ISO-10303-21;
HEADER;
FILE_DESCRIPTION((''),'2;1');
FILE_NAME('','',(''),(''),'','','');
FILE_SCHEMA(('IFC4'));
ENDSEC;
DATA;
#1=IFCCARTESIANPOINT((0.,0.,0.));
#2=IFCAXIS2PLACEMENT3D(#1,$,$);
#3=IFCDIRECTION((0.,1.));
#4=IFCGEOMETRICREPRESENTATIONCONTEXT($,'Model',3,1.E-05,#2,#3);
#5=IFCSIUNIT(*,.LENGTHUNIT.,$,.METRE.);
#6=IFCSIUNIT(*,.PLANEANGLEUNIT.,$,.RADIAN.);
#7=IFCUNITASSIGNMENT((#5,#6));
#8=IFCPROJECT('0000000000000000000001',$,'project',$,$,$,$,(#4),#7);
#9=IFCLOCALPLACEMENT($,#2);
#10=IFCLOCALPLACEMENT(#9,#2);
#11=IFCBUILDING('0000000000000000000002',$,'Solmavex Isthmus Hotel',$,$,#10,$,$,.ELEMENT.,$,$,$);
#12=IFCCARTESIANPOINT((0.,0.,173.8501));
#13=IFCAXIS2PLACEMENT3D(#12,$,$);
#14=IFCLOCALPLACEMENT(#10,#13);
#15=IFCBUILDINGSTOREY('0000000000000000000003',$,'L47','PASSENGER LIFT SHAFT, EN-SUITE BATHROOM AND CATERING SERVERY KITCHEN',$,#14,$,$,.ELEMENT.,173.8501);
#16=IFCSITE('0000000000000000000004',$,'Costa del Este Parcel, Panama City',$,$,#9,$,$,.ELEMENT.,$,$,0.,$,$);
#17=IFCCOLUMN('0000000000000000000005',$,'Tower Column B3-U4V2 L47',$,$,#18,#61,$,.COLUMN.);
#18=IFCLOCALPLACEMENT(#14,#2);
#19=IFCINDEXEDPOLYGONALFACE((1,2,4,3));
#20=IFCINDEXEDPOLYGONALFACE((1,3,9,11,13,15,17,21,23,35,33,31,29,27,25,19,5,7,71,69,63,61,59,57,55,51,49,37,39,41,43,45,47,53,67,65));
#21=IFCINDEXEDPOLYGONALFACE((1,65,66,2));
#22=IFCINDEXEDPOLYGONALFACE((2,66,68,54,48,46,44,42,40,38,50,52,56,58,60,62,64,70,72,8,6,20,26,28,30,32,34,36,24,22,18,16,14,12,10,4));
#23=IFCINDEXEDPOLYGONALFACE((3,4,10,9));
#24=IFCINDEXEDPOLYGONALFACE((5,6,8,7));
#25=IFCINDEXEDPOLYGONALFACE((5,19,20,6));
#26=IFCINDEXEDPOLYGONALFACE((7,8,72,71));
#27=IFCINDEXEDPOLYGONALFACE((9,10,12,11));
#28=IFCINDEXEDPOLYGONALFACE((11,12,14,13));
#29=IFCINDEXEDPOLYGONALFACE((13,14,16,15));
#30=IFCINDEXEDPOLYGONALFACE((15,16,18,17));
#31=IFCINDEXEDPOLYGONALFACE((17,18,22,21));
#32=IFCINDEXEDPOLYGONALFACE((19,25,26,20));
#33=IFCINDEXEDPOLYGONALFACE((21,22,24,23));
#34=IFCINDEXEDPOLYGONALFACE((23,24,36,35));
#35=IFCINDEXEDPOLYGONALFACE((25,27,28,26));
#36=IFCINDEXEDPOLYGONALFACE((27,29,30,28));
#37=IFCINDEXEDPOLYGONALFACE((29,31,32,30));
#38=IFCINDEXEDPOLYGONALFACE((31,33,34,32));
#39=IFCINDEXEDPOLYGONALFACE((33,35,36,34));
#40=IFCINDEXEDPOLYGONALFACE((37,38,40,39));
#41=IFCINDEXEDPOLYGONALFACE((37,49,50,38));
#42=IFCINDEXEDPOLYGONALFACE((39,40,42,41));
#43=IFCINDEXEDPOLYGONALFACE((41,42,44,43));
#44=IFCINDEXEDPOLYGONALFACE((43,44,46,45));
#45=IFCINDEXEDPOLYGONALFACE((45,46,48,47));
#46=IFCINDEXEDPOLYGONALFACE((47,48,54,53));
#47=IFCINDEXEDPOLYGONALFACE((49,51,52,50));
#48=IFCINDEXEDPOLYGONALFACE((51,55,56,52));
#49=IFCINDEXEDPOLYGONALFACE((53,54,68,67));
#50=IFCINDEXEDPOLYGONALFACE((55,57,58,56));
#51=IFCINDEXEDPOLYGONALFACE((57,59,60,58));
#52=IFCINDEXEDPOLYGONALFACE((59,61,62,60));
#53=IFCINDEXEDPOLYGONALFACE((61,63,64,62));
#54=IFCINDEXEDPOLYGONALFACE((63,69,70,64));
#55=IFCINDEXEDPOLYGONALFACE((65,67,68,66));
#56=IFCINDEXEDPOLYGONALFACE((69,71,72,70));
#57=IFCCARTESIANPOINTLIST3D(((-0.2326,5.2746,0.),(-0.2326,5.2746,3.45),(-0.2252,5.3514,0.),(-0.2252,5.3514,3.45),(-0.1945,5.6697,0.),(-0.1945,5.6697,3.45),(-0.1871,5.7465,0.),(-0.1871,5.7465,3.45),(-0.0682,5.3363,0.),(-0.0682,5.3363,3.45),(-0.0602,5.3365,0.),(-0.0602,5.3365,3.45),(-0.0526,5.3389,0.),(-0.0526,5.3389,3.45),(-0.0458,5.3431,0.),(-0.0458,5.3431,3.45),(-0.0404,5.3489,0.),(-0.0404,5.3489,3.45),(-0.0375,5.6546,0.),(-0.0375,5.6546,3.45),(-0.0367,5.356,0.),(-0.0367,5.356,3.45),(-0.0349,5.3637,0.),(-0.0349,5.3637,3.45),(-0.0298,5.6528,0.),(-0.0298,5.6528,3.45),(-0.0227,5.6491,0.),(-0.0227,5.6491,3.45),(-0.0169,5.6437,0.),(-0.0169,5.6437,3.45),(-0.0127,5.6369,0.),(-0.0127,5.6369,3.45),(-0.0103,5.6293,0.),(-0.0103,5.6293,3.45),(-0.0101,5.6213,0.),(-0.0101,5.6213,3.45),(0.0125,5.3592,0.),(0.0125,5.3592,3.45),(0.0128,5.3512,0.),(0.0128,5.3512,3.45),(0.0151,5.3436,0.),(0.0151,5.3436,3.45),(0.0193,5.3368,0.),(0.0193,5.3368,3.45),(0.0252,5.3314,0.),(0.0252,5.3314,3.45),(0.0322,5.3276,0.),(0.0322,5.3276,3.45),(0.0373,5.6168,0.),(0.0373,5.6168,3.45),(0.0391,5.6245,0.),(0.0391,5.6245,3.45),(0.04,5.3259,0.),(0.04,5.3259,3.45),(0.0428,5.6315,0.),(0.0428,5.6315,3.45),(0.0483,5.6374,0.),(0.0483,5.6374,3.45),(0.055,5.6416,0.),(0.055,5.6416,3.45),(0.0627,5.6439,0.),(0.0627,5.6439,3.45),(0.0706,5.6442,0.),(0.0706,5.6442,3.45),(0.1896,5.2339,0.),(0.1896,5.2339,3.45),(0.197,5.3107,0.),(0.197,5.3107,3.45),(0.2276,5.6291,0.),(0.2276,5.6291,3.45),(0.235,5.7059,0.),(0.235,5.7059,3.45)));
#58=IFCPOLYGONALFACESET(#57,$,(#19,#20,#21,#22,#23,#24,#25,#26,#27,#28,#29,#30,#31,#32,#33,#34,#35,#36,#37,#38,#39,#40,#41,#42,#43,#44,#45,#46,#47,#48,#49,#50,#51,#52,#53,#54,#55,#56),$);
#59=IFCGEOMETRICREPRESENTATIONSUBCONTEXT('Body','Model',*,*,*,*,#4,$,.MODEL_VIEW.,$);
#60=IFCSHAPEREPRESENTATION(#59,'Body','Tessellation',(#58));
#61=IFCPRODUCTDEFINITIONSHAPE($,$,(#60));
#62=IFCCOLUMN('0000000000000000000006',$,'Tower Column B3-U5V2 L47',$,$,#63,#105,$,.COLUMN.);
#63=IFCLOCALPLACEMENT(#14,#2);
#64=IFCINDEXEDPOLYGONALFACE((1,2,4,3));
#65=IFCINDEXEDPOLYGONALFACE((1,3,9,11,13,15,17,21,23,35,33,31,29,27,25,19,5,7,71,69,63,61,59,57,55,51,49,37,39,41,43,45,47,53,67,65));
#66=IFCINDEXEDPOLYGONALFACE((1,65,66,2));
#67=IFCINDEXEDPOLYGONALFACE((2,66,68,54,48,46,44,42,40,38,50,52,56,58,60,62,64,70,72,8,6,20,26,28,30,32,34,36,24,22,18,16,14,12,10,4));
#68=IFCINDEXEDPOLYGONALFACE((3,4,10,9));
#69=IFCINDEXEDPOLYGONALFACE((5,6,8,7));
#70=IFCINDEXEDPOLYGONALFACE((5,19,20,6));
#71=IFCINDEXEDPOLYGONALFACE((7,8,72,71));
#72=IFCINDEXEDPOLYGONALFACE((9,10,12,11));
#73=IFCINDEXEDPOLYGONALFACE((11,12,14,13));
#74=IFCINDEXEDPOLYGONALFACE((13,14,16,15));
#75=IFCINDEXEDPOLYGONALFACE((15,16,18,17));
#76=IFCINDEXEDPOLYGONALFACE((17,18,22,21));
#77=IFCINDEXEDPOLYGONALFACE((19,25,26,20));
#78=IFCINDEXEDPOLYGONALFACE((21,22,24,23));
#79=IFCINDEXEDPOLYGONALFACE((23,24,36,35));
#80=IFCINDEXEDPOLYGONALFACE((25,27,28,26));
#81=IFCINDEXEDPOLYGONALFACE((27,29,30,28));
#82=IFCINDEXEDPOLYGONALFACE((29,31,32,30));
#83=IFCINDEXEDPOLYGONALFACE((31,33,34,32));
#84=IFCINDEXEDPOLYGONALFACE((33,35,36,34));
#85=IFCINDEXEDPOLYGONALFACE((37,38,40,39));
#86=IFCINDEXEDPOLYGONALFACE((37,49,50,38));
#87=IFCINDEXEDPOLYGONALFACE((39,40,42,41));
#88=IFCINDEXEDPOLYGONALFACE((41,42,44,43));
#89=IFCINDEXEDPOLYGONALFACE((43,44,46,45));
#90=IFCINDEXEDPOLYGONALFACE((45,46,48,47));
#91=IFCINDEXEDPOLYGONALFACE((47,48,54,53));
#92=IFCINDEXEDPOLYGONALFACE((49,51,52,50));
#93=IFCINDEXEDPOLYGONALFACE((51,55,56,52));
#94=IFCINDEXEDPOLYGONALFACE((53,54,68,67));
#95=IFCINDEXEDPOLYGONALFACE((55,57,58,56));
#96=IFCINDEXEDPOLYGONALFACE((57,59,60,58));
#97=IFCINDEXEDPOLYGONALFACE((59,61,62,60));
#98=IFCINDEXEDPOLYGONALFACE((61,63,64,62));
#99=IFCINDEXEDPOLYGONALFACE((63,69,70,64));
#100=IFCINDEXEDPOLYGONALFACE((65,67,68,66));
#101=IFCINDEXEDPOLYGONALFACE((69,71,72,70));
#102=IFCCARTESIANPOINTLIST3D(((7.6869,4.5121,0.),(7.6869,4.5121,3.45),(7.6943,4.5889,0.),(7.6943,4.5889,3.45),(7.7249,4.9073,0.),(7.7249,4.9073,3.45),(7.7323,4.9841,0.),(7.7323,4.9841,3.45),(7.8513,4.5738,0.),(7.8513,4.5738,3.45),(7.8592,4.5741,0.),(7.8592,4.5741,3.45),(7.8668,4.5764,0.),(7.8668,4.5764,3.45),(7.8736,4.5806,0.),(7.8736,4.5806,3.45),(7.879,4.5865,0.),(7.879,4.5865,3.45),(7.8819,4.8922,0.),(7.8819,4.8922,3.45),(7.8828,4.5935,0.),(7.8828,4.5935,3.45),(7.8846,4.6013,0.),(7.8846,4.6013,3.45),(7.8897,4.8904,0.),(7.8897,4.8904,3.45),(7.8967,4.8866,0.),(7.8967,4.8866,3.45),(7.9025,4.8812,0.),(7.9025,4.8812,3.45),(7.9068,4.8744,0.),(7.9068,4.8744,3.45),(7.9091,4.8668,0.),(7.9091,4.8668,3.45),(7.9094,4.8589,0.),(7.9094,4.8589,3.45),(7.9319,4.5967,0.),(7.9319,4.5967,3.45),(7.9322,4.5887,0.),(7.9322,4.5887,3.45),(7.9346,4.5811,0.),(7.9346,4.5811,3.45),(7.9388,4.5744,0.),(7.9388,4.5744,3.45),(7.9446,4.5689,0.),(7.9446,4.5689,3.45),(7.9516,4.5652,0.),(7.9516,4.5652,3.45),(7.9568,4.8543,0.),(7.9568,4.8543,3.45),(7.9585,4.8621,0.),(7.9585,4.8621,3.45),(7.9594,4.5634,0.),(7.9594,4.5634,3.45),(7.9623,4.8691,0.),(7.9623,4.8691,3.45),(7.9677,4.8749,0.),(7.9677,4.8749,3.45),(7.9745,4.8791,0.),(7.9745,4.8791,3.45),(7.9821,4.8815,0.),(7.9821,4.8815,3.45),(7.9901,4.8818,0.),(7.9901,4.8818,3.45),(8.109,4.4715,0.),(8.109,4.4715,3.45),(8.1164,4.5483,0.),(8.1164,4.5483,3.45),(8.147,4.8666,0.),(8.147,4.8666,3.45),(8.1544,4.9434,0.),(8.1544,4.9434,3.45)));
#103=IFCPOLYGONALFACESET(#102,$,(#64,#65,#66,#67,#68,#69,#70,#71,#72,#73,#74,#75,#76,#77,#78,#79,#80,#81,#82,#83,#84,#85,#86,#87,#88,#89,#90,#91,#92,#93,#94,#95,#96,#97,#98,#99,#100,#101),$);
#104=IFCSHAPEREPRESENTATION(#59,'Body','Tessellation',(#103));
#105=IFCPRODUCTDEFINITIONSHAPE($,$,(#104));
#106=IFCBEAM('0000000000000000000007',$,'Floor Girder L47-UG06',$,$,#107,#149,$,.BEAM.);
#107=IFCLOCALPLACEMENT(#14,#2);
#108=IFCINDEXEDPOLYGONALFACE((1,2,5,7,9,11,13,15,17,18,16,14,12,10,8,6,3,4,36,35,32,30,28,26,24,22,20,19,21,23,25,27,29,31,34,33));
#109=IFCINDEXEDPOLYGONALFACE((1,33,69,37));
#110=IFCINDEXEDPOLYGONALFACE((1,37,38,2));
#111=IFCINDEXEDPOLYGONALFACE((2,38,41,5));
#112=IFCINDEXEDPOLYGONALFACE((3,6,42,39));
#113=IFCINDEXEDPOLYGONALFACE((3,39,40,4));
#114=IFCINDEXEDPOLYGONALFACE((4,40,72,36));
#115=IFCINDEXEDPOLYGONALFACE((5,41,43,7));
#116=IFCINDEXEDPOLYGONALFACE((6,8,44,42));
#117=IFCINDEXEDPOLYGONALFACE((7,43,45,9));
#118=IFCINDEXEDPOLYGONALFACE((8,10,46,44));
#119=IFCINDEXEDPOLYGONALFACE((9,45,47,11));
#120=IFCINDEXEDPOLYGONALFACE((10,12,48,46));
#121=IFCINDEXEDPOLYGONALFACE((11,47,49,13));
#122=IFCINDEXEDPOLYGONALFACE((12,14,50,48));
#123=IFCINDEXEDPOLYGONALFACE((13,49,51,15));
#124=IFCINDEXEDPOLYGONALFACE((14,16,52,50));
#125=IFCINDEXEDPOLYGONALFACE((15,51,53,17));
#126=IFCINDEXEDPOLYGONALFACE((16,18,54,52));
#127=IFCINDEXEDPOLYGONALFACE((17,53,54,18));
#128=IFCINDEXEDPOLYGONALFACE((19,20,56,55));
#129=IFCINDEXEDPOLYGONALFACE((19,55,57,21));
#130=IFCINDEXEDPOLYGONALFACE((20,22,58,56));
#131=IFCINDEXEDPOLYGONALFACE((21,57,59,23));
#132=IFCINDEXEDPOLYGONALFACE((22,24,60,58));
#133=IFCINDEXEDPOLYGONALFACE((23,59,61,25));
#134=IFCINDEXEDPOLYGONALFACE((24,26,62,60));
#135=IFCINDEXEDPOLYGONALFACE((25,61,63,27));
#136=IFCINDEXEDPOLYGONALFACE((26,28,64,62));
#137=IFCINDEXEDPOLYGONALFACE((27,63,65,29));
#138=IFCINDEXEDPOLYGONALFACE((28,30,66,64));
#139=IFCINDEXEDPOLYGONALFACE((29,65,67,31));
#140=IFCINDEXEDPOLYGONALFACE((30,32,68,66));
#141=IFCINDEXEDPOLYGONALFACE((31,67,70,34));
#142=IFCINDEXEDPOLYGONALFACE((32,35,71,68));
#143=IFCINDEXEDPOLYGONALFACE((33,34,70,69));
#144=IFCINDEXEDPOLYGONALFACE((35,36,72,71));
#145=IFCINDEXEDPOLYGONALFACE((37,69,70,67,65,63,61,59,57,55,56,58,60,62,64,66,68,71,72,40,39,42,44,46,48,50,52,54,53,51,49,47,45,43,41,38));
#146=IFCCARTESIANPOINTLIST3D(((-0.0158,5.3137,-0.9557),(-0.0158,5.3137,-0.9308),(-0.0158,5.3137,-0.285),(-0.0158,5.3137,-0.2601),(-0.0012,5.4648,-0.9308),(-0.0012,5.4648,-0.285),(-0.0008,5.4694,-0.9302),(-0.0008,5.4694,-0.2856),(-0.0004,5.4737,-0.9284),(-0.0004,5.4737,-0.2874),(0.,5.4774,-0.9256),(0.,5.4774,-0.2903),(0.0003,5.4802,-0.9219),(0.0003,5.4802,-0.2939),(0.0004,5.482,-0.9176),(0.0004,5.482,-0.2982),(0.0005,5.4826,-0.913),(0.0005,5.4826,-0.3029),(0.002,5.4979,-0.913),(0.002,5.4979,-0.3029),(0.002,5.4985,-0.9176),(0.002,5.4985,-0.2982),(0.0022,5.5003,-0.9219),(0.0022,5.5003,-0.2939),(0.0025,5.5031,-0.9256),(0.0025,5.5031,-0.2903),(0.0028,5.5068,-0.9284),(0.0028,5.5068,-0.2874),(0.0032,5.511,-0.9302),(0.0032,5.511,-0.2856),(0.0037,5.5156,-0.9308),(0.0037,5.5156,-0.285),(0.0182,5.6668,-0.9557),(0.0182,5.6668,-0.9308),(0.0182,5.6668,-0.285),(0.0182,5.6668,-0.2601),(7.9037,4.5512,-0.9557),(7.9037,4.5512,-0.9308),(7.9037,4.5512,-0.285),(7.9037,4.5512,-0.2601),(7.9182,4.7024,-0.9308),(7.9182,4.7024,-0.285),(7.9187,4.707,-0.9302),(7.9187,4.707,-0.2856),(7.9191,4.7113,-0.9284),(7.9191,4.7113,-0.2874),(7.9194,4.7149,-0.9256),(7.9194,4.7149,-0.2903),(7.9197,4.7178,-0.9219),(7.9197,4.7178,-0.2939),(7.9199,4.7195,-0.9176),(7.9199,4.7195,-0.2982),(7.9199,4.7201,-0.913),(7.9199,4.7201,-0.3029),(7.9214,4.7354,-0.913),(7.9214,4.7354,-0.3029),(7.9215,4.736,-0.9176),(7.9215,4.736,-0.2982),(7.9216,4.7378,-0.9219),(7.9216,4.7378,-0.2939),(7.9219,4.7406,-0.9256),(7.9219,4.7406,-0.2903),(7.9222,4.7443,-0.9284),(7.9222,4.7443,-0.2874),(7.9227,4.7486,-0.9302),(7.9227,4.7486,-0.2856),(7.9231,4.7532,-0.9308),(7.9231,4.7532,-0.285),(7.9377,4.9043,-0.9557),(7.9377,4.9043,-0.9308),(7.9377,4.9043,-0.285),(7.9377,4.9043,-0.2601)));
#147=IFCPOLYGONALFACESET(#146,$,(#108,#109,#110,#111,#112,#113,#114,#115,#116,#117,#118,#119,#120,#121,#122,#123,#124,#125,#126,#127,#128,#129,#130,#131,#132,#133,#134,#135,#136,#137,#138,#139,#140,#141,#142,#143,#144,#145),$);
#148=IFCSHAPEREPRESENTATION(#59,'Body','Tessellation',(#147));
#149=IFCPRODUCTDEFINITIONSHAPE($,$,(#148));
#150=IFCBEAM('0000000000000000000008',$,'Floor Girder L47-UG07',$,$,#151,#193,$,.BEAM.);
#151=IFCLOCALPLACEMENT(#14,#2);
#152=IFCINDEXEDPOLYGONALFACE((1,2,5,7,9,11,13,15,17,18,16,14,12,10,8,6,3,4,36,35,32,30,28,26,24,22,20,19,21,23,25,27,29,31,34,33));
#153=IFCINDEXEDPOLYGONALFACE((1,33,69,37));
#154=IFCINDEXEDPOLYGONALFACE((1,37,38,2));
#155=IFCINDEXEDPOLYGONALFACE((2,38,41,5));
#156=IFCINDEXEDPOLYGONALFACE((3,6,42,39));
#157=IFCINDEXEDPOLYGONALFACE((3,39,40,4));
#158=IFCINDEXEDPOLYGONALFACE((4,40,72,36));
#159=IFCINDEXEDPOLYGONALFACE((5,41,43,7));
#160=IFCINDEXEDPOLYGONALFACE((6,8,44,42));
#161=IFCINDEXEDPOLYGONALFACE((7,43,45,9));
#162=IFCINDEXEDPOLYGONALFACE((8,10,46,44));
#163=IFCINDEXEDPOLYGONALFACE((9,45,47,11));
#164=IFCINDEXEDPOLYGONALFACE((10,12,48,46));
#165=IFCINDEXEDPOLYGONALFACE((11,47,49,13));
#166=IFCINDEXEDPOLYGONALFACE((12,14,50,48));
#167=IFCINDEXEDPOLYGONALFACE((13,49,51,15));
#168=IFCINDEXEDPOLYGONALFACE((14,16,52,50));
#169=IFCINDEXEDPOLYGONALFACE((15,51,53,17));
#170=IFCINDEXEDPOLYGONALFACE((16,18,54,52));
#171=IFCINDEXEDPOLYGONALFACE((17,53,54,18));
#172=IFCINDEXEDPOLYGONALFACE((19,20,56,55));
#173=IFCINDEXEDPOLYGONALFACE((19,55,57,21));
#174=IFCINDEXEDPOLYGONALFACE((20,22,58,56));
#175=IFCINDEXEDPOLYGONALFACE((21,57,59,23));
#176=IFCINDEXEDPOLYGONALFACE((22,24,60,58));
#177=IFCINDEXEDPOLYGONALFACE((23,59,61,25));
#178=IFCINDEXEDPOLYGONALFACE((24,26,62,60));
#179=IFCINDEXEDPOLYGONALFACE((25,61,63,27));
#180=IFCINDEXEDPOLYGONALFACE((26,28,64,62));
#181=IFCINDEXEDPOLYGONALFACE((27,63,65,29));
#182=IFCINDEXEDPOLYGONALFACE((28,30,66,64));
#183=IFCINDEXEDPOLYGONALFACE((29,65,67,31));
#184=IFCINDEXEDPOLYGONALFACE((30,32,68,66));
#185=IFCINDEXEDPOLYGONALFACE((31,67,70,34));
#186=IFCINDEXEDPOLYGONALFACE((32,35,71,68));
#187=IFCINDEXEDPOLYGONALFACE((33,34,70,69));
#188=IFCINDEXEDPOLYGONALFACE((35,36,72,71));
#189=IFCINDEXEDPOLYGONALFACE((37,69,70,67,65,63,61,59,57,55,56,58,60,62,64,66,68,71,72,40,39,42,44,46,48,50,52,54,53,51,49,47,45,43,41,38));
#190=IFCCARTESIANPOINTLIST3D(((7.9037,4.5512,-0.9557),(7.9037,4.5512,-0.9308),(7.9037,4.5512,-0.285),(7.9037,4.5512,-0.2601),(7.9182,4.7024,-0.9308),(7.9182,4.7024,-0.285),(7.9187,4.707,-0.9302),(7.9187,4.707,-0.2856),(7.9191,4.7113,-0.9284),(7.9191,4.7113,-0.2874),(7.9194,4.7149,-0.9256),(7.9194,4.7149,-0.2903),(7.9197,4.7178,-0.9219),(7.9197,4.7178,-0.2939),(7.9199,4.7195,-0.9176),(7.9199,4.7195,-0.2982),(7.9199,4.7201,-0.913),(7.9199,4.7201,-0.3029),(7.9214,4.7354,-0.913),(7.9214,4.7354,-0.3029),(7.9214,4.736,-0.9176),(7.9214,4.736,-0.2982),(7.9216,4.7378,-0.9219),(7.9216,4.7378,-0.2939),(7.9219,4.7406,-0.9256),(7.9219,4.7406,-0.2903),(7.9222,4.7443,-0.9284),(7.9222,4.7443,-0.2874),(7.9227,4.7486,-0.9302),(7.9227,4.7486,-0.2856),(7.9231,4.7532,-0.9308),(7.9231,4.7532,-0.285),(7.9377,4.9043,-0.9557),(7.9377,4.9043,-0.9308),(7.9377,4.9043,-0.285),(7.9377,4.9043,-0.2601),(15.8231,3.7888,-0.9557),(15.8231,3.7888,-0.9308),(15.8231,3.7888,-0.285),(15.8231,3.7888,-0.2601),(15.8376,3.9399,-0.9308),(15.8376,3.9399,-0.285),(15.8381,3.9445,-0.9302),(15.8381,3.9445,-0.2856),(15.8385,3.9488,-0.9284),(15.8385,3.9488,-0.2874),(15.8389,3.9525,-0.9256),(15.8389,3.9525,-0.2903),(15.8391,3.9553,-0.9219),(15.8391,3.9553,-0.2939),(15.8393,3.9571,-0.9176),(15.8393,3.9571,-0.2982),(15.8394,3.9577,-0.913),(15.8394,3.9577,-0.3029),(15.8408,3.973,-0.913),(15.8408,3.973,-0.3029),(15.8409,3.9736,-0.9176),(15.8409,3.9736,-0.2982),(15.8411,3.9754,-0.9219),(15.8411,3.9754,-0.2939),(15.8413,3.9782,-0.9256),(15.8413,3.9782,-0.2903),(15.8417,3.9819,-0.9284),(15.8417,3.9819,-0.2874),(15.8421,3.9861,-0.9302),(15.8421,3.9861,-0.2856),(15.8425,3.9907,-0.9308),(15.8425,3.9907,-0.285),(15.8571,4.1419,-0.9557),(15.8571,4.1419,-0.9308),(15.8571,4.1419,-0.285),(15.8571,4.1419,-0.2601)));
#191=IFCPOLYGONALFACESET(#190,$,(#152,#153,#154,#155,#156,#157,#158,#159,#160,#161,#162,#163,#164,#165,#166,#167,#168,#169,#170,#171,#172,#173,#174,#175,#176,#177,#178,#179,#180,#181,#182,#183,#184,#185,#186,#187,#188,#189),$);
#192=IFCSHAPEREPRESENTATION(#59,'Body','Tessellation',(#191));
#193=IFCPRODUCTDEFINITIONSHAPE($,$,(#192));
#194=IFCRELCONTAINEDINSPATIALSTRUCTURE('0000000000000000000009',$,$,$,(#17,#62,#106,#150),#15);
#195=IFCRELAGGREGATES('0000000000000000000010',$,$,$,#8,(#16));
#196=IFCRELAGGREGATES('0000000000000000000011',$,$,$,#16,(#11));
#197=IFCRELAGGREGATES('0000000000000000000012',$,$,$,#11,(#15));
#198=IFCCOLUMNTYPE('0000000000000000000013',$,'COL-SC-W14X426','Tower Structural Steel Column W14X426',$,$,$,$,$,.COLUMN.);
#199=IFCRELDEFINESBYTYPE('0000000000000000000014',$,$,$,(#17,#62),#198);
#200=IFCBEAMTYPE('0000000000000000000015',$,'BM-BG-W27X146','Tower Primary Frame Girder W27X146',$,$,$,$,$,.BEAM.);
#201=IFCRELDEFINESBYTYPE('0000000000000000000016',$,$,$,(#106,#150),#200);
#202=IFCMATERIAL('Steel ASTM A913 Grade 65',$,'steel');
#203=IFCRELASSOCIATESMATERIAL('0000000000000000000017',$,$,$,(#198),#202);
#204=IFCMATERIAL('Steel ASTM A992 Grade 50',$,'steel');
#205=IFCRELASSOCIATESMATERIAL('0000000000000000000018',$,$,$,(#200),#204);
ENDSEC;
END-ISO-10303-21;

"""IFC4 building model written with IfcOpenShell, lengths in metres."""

from ifc_helpers import new_model, si_unit, direction, frame, origin, origin_2d, place, context, subcontext, project, spatial, i_section, extrude, material, material_profile, profile_set, type_object, element, save


model = new_model("IFC4")

# Units and contexts
model_context = context("Model", 3, precision=1e-05, world=origin(), true_north=direction((0.0, 1.0)))
body_context = subcontext(model_context, "Body", "Model", "MODEL_VIEW")
ifc_project = project(units=[si_unit("LENGTHUNIT", "METRE"), si_unit("PLANEANGLEUNIT", "RADIAN")], contexts=[model_context])

# Site, building, storey
site_placement = place(None, origin())
site = spatial("IfcSite", under=ifc_project, at=site_placement, Name="Costa del Este Parcel, Panama City", CompositionType="ELEMENT", RefElevation=0.0)
building_placement = place(site_placement, origin())
building = spatial("IfcBuilding", under=site, at=building_placement, Name="Solmavex Isthmus Hotel", CompositionType="ELEMENT")
storey_placement = place(building_placement, frame((0.0, 0.0, 173.8501)))
storey = spatial("IfcBuildingStorey", under=building, at=storey_placement, Name="L47", Description="PASSENGER LIFT SHAFT, EN-SUITE BATHROOM AND CATERING SERVERY KITCHEN", CompositionType="ELEMENT", Elevation=173.8501)

# Columns
ifc_material_1 = material(Name="Steel ASTM A913 Grade 65", Category="steel")
ifc_material_profile_1 = material_profile(ifc_material_1, i_section(OverallWidth=0.4241, OverallDepth=0.4741, WebThickness=0.0476, FlangeThickness=0.0771, FilletRadius=0.0305, at=origin_2d()), Name="W14X426")
ifc_profile_set_1 = profile_set([ifc_material_profile_1], Name="Steel ASTM A913 Grade 65")
column_type = type_object("IfcColumnType", Name="COL-SC-W14X426", Description="Tower Structural Steel Column W14X426", PredefinedType="COLUMN", material=ifc_profile_set_1)
for number, where, z_axis, x_axis, name in (
    (1, (0.0012, 5.4902, 0.0), (0.0, 0.0, 1.0), (0.995396, -0.095846, 0.0), "Tower Column B3-U4V2 L47"),
    (2, (7.9207, 4.7278, 0.0), (0.0, 0.0, 1.0), (0.995396, -0.095846, 0.0), "Tower Column B3-U5V2 L47"),
):
    element("IfcColumn", number, at=place(storey_placement, frame(where, z_axis=z_axis, x_axis=x_axis)), inside=storey, type_object=column_type, Name=name, PredefinedType="COLUMN", context=body_context, shape_type="SweptSolid", body=[
        extrude(i_section(OverallWidth=0.4241, OverallDepth=0.4741, WebThickness=0.0476, FlangeThickness=0.0771, FilletRadius=0.0305, at=origin_2d()), origin(), (0.0, 0.0, 1.0), 3.45),
    ])

# Beams
ifc_material_2 = material(Name="Steel ASTM A992 Grade 50", Category="steel")
ifc_material_profile_2 = material_profile(ifc_material_2, i_section(OverallWidth=0.3547, OverallDepth=0.6956, WebThickness=0.0154, FlangeThickness=0.0249, FilletRadius=0.0178, at=origin_2d()), Name="W27X146")
ifc_profile_set_2 = profile_set([ifc_material_profile_2], Name="Steel ASTM A992 Grade 50")
beam_type_1 = type_object("IfcBeamType", Name="BM-BG-W27X146", Description="Tower Primary Frame Girder W27X146", PredefinedType="BEAM", material=ifc_profile_set_2)
for number, where, z_axis, x_axis, name in (
    (3, (0.0012, 5.4902, -0.6079), (0.995397, -0.095833, 0.0), (0.095833, 0.995397, 0.0), "Floor Girder L47-UG06"),
    (4, (7.9207, 4.7278, -0.6079), (0.995397, -0.095833, 0.0), (0.095833, 0.995397, 0.0), "Floor Girder L47-UG07"),
):
    element("IfcBeam", number, at=place(storey_placement, frame(where, z_axis=z_axis, x_axis=x_axis)), inside=storey, type_object=beam_type_1, Name=name, PredefinedType="BEAM", context=body_context, shape_type="SweptSolid", body=[
        extrude(i_section(OverallWidth=0.3547, OverallDepth=0.6956, WebThickness=0.0154, FlangeThickness=0.0249, FilletRadius=0.0178, at=origin_2d()), origin(), (0.0, 0.0, 1.0), 7.9561),
    ])

save(model, "model.ifc")
